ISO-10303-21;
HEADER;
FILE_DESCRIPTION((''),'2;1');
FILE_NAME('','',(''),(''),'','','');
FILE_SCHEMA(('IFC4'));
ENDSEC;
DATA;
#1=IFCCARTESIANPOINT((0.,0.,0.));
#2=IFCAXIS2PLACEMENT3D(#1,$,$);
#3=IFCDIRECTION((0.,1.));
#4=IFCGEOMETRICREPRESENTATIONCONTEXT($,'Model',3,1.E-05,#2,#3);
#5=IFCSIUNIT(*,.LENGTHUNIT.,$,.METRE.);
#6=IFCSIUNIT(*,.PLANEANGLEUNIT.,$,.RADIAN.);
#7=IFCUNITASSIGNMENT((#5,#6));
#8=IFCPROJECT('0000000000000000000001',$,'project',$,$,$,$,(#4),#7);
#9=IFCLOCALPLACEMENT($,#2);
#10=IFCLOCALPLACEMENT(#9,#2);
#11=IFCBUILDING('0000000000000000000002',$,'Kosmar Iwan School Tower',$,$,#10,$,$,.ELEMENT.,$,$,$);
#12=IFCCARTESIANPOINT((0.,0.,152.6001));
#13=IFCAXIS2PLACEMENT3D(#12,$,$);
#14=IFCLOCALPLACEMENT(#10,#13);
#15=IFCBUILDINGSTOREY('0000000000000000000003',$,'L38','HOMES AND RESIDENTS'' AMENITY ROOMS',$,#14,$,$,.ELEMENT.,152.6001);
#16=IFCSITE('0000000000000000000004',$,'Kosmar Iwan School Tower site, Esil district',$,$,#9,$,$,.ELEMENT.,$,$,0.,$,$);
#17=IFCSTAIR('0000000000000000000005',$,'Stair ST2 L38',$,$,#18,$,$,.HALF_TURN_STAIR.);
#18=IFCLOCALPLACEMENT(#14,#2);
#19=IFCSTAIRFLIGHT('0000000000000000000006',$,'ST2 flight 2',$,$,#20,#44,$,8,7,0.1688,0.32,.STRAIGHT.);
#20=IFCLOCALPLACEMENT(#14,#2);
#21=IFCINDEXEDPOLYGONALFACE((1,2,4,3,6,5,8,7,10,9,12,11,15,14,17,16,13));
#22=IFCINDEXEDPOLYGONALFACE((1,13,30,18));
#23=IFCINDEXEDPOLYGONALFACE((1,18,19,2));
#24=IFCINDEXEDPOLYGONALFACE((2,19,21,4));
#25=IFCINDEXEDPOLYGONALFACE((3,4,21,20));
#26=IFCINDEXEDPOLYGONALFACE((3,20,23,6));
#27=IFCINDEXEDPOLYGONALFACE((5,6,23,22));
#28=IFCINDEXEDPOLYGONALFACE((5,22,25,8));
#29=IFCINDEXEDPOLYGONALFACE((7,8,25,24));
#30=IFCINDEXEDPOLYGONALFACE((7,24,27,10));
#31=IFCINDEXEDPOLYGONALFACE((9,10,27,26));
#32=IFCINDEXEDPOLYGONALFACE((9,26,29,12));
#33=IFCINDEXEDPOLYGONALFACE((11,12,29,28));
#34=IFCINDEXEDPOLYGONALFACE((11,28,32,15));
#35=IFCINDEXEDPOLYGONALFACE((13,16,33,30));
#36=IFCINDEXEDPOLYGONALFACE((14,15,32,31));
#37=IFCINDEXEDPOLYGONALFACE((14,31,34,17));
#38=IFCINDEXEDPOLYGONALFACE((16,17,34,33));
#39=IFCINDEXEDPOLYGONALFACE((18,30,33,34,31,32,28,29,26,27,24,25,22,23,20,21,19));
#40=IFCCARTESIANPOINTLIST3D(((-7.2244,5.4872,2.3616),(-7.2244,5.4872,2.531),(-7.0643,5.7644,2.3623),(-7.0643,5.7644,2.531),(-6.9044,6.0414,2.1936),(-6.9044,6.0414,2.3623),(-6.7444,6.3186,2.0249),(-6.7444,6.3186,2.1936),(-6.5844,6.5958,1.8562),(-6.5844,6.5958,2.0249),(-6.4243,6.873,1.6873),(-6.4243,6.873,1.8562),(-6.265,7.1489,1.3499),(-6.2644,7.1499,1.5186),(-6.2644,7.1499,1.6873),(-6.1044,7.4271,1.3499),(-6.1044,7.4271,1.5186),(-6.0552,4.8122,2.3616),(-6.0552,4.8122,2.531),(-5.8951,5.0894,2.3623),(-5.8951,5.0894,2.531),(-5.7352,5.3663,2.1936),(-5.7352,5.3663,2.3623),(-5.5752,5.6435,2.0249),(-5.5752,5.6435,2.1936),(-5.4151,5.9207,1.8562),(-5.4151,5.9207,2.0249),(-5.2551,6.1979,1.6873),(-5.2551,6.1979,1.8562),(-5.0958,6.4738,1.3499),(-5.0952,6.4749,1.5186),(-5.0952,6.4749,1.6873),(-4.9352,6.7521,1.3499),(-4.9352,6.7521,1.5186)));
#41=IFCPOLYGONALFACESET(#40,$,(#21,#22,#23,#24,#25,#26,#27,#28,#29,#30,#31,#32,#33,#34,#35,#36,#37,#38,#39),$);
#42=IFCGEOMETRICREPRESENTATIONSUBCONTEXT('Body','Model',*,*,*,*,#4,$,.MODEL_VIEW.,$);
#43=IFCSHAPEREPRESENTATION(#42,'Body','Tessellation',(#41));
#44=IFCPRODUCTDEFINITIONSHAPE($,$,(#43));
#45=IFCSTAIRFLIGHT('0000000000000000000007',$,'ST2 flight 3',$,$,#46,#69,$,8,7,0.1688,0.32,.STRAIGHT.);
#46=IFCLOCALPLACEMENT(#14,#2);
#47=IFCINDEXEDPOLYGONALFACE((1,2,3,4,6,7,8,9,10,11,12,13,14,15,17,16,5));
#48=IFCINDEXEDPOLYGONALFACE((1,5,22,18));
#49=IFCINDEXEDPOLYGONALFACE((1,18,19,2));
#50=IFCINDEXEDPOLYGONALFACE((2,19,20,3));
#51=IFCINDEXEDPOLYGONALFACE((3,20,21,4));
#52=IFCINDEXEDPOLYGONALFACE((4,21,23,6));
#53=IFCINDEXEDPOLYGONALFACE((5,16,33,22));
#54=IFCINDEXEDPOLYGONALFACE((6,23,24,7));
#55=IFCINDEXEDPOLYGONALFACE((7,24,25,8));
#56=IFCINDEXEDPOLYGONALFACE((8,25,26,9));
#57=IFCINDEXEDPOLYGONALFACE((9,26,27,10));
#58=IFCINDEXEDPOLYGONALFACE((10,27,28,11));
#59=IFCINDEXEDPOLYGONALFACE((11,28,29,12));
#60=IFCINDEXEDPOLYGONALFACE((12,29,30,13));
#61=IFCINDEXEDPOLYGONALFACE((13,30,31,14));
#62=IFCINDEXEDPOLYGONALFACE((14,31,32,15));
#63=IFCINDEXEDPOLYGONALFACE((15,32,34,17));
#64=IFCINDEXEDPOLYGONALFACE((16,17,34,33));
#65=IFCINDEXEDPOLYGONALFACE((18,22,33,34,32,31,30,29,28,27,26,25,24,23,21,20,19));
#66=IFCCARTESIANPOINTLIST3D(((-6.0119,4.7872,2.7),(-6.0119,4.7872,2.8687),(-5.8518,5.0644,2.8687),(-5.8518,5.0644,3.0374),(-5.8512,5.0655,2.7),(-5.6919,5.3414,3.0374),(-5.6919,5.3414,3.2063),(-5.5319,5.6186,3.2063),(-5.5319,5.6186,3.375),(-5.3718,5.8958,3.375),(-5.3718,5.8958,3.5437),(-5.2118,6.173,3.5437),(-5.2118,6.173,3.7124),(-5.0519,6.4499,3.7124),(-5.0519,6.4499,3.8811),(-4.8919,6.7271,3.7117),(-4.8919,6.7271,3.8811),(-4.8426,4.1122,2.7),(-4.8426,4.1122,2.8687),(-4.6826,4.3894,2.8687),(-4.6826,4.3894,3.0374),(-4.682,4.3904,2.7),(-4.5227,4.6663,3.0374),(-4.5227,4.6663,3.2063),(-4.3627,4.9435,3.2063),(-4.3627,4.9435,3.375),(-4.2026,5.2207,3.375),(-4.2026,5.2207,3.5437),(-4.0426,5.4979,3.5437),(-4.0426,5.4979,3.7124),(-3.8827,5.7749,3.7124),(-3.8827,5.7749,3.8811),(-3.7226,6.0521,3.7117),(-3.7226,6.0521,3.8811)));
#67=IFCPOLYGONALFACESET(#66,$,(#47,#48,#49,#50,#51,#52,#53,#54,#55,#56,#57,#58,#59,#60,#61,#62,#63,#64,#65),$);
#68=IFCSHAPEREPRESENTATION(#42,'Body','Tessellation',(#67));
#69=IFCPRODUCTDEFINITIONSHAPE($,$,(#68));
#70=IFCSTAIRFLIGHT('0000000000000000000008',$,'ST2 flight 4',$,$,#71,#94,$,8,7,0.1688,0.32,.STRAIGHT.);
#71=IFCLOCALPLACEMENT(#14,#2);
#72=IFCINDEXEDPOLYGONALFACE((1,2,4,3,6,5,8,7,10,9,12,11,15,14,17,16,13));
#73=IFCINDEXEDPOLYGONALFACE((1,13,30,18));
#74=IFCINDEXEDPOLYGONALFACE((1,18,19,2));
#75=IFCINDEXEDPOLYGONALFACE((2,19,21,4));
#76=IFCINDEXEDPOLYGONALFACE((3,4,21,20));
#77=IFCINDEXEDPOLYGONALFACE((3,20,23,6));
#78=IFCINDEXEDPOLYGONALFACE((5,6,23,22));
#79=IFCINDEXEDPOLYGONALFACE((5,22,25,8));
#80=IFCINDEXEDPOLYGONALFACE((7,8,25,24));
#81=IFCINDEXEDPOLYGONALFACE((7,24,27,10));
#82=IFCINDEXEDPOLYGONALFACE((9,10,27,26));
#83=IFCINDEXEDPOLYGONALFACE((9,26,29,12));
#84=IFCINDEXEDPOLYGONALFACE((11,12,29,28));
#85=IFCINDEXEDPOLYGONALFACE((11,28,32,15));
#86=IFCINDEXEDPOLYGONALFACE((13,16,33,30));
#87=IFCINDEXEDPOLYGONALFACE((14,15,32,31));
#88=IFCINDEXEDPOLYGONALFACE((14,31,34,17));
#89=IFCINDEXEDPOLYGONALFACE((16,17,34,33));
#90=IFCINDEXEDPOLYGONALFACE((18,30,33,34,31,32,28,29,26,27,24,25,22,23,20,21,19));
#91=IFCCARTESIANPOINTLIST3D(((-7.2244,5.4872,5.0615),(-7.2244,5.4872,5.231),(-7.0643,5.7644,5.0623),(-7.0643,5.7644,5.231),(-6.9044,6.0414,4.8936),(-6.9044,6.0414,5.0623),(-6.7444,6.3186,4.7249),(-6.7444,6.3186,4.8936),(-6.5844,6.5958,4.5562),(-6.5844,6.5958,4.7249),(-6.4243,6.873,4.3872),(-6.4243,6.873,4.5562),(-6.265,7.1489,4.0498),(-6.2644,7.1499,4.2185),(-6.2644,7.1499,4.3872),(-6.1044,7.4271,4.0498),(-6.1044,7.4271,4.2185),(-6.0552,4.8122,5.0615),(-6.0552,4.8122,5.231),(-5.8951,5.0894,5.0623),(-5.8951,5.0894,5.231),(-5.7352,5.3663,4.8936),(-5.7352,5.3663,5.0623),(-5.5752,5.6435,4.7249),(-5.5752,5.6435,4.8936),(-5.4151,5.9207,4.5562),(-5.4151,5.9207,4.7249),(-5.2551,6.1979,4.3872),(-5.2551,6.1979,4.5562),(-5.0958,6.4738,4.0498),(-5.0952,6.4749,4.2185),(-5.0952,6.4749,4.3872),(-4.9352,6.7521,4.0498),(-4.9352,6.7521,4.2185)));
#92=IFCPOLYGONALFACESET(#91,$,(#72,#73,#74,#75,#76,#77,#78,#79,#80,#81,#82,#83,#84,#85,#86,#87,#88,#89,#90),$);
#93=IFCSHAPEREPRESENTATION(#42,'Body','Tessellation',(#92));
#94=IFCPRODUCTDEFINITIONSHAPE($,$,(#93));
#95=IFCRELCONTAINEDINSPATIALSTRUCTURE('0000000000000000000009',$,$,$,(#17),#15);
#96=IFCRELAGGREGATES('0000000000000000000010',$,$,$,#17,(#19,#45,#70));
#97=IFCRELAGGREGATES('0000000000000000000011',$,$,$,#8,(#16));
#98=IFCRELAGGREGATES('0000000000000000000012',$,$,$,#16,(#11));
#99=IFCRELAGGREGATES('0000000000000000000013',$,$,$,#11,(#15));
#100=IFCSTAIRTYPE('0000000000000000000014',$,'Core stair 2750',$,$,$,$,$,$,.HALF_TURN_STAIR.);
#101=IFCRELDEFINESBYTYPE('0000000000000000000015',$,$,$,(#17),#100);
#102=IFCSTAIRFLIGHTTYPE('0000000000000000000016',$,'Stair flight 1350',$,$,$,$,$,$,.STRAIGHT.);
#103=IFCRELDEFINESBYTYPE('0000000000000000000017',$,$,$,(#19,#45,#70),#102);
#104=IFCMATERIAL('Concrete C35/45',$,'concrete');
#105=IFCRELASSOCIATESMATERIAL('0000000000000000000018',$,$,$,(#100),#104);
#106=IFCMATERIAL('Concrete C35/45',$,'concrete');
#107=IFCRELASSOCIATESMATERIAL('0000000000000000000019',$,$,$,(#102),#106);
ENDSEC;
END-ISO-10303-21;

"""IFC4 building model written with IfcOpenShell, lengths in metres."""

from ifc_helpers import new_model, si_unit, direction, frame, origin, place, context, subcontext, project, spatial, polyline, outline, extrude, material, type_object, element, aggregate, save


model = new_model("IFC4")

# Units and contexts
model_context = context("Model", 3, precision=1e-05, world=origin(), true_north=direction((0.0, 1.0)))
body_context = subcontext(model_context, "Body", "Model", "MODEL_VIEW")
ifc_project = project(units=[si_unit("LENGTHUNIT", "METRE"), si_unit("PLANEANGLEUNIT", "RADIAN")], contexts=[model_context])

# Site, building, storey
site_placement = place(None, origin())
site = spatial("IfcSite", under=ifc_project, at=site_placement, Name="Kosmar Iwan School Tower site, Esil district", CompositionType="ELEMENT", RefElevation=0.0)
building_placement = place(site_placement, origin())
building = spatial("IfcBuilding", under=site, at=building_placement, Name="Kosmar Iwan School Tower", CompositionType="ELEMENT")
storey_placement = place(building_placement, frame((0.0, 0.0, 152.6001)))
storey = spatial("IfcBuildingStorey", under=building, at=storey_placement, Name="L38", Description="HOMES AND RESIDENTS' AMENITY ROOMS", CompositionType="ELEMENT", Elevation=152.6001)

# Stair, stair flights
ifc_material_1 = material(Name="Concrete C35/45", Category="concrete")
stair_type = type_object("IfcStairType", Name="Core stair 2750", PredefinedType="HALF_TURN_STAIR", material=ifc_material_1)
stair_placement = place(storey_placement, origin())
stair = element("IfcStair", 1, at=stair_placement, inside=storey, type_object=stair_type, Name="Stair ST2 L38", PredefinedType="HALF_TURN_STAIR")
ifc_material_2 = material(Name="Concrete C35/45", Category="concrete")
stair_flight_type = type_object("IfcStairFlightType", Name="Stair flight 1350", PredefinedType="STRAIGHT", material=ifc_material_2)
stair_flight_1_placement = place(storey_placement, frame((-5.5198, 7.0896, 1.3499), z_axis=(0.0, 0.0, 1.0), x_axis=(-0.5, -0.866025, 0.0)))
stair_flight_1 = element("IfcStairFlight", 2, at=stair_flight_1_placement, type_object=stair_flight_type, Name="ST2 flight 2", NumberOfRisers=8, NumberOfTreads=7, PredefinedType="STRAIGHT", RiserHeight=0.1688, TreadLength=0.32, context=body_context, shape_type="SweptSolid", body=[
    extrude(outline(polyline([(0.0, 0.0), (0.0, 0.1687), (0.3201, 0.1687), (0.3201, 0.3374), (0.6399, 0.3374), (0.6399, 0.5063), (0.96, 0.5063), (0.96, 0.675), (1.28, 0.675), (1.28, 0.8438), (1.6001, 0.8438), (1.6001, 1.0125), (1.9199, 1.0125), (1.9199, 1.1812), (2.24, 1.1812), (2.24, 1.3501), (2.24, 1.0117), (0.3213, 0.0), (0.0, 0.0)])), frame((0.0, 0.675, 0.0), z_axis=(0.0, -1.0, 0.0), x_axis=(1.0, 0.0, 0.0)), (0.0, 0.0, 1.0), 1.3501),
])
stair_flight_2_placement = place(storey_placement, frame((-5.4272, 4.4497, 2.7), z_axis=(0.0, 0.0, 1.0), x_axis=(0.5, 0.866025, 0.0)))
stair_flight_2 = element("IfcStairFlight", 3, at=stair_flight_2_placement, type_object=stair_flight_type, Name="ST2 flight 3", NumberOfRisers=8, NumberOfTreads=7, PredefinedType="STRAIGHT", RiserHeight=0.1688, TreadLength=0.32, context=body_context, shape_type="SweptSolid", body=[
    extrude(outline(polyline([(0.0, 0.0), (0.0, 0.1687), (0.3201, 0.1687), (0.3201, 0.3374), (0.6399, 0.3374), (0.6399, 0.5063), (0.96, 0.5063), (0.96, 0.675), (1.28, 0.675), (1.28, 0.8438), (1.6001, 0.8438), (1.6001, 1.0125), (1.9199, 1.0125), (1.9199, 1.1812), (2.24, 1.1812), (2.24, 1.3501), (2.24, 1.0117), (0.3213, 0.0), (0.0, 0.0)])), frame((0.0, 0.675, 0.0), z_axis=(0.0, -1.0, 0.0), x_axis=(1.0, 0.0, 0.0)), (0.0, 0.0, 1.0), 1.3501),
])
stair_flight_3_placement = place(storey_placement, frame((-5.5198, 7.0896, 4.0498), z_axis=(0.0, 0.0, 1.0), x_axis=(-0.5, -0.866025, 0.0)))
stair_flight_3 = element("IfcStairFlight", 4, at=stair_flight_3_placement, type_object=stair_flight_type, Name="ST2 flight 4", NumberOfRisers=8, NumberOfTreads=7, PredefinedType="STRAIGHT", RiserHeight=0.1688, TreadLength=0.32, context=body_context, shape_type="SweptSolid", body=[
    extrude(outline(polyline([(0.0, 0.0), (0.0, 0.1687), (0.3201, 0.1687), (0.3201, 0.3374), (0.6399, 0.3374), (0.6399, 0.5063), (0.96, 0.5063), (0.96, 0.675), (1.28, 0.675), (1.28, 0.8438), (1.6001, 0.8438), (1.6001, 1.0125), (1.9199, 1.0125), (1.9199, 1.1812), (2.24, 1.1812), (2.24, 1.3501), (2.24, 1.0117), (0.3213, 0.0), (0.0, 0.0)])), frame((0.0, 0.675, 0.0), z_axis=(0.0, -1.0, 0.0), x_axis=(1.0, 0.0, 0.0)), (0.0, 0.0, 1.0), 1.3501),
])
aggregate(stair, [stair_flight_1, stair_flight_2, stair_flight_3])

save(model, "model.ifc")
